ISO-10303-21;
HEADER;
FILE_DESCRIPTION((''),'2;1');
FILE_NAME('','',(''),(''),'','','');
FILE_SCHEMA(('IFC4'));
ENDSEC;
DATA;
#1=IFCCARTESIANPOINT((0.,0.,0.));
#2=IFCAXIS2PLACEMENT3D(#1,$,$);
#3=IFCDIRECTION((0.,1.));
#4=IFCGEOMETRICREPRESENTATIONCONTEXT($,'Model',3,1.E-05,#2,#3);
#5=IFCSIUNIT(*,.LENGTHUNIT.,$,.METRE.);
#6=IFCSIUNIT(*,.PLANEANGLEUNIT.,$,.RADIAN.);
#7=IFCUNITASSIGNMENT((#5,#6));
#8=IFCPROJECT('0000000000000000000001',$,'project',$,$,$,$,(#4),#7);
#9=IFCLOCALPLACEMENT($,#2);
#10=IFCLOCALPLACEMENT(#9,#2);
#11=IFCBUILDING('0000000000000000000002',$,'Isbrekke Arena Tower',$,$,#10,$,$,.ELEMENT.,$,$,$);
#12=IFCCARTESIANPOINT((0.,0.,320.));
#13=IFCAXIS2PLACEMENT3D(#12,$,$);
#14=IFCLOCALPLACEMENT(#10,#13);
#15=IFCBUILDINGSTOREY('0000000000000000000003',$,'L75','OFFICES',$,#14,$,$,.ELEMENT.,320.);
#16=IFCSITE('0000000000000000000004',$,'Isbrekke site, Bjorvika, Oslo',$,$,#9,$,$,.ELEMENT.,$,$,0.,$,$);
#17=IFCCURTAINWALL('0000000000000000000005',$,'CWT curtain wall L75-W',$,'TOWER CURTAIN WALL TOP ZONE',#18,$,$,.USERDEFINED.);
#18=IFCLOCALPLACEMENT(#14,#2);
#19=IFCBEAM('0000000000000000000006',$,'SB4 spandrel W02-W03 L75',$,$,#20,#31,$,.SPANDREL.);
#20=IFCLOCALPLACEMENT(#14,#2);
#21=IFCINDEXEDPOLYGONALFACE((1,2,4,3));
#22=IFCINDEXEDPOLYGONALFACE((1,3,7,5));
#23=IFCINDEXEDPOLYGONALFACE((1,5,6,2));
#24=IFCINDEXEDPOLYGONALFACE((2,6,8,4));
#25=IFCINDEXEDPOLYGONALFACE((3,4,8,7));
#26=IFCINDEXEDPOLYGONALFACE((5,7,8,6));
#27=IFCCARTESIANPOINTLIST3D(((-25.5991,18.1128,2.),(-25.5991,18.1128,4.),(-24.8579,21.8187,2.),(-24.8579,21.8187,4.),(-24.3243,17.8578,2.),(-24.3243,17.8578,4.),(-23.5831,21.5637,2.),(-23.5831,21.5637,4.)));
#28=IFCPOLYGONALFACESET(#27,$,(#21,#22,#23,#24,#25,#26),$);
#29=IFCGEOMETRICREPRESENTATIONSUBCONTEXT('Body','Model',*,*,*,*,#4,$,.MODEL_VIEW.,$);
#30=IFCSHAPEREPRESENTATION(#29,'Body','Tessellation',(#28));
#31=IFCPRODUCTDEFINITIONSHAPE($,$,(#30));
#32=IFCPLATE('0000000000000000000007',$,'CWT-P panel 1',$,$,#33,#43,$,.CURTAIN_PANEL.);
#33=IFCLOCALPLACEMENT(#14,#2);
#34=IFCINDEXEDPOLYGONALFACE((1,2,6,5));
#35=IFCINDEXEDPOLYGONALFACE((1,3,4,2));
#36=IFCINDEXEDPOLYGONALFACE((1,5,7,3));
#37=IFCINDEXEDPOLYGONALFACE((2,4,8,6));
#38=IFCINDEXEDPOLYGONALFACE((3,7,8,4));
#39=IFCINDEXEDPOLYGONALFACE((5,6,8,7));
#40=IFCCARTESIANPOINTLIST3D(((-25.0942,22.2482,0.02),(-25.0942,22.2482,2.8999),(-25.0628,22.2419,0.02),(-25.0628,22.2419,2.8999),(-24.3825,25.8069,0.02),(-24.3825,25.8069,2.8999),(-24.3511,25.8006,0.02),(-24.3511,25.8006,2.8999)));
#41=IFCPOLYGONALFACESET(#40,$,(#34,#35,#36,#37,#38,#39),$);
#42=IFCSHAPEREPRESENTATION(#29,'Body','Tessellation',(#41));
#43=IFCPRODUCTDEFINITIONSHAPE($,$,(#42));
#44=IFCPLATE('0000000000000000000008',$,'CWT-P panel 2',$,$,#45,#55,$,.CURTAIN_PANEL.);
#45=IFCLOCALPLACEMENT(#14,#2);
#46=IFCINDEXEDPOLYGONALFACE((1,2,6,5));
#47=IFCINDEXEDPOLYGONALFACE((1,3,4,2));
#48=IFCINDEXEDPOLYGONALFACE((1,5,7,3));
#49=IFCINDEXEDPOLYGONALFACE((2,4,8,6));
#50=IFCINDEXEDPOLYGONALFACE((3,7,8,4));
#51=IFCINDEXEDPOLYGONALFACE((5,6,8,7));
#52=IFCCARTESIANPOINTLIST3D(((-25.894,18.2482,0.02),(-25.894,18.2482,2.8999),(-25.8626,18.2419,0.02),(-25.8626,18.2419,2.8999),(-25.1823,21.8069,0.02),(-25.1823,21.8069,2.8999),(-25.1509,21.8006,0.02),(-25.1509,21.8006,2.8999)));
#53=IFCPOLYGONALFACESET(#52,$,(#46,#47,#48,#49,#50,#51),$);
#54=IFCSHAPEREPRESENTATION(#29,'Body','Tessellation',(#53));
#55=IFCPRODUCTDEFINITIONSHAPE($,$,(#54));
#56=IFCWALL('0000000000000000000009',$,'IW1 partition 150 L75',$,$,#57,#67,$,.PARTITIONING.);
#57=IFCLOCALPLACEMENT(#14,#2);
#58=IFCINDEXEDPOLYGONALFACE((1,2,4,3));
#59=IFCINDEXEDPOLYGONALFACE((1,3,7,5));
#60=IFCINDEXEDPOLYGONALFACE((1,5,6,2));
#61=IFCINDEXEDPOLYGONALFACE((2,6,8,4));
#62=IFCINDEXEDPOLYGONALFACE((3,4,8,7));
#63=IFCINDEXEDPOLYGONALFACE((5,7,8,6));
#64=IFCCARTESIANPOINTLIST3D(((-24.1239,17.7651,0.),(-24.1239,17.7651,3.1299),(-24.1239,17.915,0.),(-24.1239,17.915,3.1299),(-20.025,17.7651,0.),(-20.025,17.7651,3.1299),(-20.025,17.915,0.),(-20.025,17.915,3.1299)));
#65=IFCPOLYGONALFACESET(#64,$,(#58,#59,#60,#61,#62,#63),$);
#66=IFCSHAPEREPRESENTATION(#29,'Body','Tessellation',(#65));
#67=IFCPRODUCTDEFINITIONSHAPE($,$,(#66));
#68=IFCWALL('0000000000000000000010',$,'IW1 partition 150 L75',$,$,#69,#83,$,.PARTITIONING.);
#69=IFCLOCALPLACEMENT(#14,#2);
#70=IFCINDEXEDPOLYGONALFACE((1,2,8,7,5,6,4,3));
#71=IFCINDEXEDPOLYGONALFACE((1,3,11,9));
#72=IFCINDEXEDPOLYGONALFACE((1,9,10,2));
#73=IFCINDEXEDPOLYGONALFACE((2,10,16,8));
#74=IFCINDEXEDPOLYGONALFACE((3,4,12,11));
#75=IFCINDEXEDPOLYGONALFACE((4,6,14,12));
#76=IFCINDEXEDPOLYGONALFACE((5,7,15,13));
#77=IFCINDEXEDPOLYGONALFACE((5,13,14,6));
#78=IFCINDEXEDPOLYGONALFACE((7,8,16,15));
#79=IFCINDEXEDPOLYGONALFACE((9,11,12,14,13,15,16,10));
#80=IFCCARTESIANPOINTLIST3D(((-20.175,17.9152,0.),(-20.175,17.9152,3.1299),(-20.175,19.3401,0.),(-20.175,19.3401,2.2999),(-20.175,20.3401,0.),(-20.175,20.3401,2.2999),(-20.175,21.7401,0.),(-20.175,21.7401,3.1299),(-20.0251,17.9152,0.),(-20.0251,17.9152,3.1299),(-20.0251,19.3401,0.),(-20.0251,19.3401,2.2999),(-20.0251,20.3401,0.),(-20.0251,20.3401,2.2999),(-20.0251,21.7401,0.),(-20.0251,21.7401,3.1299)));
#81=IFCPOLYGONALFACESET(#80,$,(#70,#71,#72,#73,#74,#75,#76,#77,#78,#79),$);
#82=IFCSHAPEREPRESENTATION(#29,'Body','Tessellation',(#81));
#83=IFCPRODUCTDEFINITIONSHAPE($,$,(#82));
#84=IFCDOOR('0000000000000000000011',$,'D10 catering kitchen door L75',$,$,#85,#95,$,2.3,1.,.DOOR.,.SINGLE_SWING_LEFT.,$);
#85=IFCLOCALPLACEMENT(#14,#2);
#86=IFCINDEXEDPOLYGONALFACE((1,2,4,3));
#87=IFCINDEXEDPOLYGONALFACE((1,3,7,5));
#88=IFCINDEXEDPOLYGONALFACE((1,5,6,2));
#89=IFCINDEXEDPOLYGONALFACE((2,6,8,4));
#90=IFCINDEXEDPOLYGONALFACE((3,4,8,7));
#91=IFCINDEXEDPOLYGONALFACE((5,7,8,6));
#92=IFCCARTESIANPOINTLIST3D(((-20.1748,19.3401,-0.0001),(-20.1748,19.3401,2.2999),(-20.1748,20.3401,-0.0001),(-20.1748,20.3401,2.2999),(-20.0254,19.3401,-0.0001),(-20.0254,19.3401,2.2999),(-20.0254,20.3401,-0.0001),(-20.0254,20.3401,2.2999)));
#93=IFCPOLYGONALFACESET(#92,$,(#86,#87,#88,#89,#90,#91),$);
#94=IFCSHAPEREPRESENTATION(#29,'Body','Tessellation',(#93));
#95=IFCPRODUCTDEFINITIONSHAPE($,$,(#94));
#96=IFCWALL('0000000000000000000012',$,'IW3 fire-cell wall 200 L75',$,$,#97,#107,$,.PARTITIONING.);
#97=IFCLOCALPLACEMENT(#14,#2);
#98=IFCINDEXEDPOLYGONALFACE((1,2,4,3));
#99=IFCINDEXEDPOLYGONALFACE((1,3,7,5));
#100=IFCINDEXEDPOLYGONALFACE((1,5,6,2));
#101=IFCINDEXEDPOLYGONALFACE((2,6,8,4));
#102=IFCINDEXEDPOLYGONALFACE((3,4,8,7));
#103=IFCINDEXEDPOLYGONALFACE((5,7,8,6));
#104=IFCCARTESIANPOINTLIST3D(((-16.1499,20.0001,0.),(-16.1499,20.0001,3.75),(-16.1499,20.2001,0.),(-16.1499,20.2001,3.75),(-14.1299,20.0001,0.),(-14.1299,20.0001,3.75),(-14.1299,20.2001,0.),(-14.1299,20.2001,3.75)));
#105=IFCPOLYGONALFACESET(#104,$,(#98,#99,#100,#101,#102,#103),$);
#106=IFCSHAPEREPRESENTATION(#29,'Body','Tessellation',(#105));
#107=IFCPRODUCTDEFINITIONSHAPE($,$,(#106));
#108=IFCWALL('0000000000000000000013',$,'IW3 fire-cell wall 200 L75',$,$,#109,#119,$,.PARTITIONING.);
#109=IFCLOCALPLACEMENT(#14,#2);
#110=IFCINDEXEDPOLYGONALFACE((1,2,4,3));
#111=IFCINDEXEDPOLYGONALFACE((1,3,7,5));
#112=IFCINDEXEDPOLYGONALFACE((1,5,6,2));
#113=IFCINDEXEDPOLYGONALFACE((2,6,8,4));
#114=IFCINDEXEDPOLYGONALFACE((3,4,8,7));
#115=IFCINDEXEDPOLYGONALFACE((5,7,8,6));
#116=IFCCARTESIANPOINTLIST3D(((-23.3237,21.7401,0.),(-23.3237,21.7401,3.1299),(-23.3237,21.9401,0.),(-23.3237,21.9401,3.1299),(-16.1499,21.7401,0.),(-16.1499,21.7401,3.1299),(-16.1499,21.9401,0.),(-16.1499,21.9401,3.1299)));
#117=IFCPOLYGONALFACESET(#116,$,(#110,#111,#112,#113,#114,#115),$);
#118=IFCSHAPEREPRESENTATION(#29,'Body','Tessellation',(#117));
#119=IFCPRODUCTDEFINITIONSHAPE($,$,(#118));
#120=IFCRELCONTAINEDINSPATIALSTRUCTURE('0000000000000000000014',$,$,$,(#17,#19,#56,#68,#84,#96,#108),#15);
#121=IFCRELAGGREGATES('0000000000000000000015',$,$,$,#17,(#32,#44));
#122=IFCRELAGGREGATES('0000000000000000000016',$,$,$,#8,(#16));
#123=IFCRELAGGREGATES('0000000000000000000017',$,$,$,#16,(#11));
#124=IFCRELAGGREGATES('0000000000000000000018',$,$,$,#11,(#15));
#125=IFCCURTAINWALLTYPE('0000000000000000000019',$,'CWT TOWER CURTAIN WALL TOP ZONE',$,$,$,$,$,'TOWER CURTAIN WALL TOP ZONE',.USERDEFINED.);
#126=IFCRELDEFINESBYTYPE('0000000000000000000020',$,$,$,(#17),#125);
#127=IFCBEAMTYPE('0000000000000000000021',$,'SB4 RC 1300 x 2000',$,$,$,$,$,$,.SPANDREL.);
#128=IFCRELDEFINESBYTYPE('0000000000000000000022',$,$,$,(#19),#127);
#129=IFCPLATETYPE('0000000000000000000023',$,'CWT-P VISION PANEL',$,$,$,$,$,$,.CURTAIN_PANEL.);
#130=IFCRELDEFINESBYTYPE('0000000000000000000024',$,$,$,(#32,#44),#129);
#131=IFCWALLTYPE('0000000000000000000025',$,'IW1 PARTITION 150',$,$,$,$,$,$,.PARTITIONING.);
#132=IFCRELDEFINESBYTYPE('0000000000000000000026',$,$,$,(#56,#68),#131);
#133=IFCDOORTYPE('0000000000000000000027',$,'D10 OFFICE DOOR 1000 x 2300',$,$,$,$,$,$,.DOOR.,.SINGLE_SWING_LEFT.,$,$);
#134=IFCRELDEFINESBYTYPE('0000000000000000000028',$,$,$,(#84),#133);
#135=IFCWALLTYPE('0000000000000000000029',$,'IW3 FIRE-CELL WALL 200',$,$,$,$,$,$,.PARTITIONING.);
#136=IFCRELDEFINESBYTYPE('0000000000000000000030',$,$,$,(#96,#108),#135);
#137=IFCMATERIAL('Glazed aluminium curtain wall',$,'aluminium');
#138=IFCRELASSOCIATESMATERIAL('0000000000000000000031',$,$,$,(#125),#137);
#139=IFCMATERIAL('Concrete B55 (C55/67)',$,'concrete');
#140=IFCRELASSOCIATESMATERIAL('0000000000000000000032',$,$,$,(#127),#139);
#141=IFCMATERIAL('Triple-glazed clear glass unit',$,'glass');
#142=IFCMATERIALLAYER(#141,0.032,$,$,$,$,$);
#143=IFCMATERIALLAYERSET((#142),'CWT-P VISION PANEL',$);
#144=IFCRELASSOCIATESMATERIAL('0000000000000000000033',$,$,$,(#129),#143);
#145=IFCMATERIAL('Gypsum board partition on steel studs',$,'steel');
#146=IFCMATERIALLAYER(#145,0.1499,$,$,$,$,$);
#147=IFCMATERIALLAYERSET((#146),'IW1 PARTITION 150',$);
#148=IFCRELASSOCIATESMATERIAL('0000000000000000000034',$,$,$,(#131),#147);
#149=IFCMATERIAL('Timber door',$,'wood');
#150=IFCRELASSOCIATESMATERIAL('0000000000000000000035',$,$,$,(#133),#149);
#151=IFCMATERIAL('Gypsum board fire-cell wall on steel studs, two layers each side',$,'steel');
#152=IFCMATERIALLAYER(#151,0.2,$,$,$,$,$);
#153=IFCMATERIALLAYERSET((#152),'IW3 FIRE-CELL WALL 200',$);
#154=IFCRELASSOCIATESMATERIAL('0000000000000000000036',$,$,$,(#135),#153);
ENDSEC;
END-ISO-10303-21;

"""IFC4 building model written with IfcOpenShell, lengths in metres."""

from ifc_helpers import new_model, si_unit, direction, frame, frame_2d, origin, origin_2d, place, context, subcontext, project, spatial, rectangle, extrude, material, layer, layer_set, material_profile, profile_set, type_object, element, fill, aggregate, save


model = new_model("IFC4")

# Units and contexts
model_context = context("Model", 3, precision=1e-05, world=origin(), true_north=direction((0.0, 1.0)))
body_context = subcontext(model_context, "Body", "Model", "MODEL_VIEW")
ifc_project = project(units=[si_unit("LENGTHUNIT", "METRE"), si_unit("PLANEANGLEUNIT", "RADIAN")], contexts=[model_context])

# Site, building, storey
site_placement = place(None, origin())
site = spatial("IfcSite", under=ifc_project, at=site_placement, Name="Isbrekke site, Bjorvika, Oslo", CompositionType="ELEMENT", RefElevation=0.0)
building_placement = place(site_placement, origin())
building = spatial("IfcBuilding", under=site, at=building_placement, Name="Isbrekke Arena Tower", CompositionType="ELEMENT")
storey_placement = place(building_placement, frame((0.0, 0.0, 320.0)))
storey = spatial("IfcBuildingStorey", under=building, at=storey_placement, Name="L75", Description="OFFICES", CompositionType="ELEMENT", Elevation=320.0)

# Curtain wall
ifc_material_1 = material(Name="Glazed aluminium curtain wall", Category="aluminium")
curtain_wall_type = type_object("IfcCurtainWallType", Name="CWT TOWER CURTAIN WALL TOP ZONE", ElementType="TOWER CURTAIN WALL TOP ZONE", PredefinedType="USERDEFINED", material=ifc_material_1)
curtain_wall_placement = place(storey_placement, origin())
curtain_wall = element("IfcCurtainWall", 1, at=curtain_wall_placement, inside=storey, type_object=curtain_wall_type, Name="CWT curtain wall L75-W", ObjectType="TOWER CURTAIN WALL TOP ZONE", PredefinedType="USERDEFINED")

# Beam
ifc_material_2 = material(Name="Concrete B55 (C55/67)", Category="concrete")
ifc_material_profile_1 = material_profile(ifc_material_2, rectangle(XDim=1.3, YDim=2.0, at=origin_2d()), Name="RC 1300x2000")
ifc_profile_set_1 = profile_set([ifc_material_profile_1], Name="Concrete B55 (C55/67)")
beam_type_1 = type_object("IfcBeamType", Name="SB4 RC 1300 x 2000", PredefinedType="SPANDREL", material=ifc_profile_set_1)
beam_1_placement = place(storey_placement, frame((-24.2205, 21.6912, 3.0), z_axis=(-0.196129, -0.980578, 0.0), x_axis=(0.980578, -0.196129, 0.0)))
element("IfcBeam", 2, at=beam_1_placement, inside=storey, type_object=beam_type_1, Name="SB4 spandrel W02-W03 L75", PredefinedType="SPANDREL", context=body_context, shape_type="SweptSolid", body=[
    extrude(rectangle(XDim=1.3, YDim=2.0, at=origin_2d()), origin(), (0.0, 0.0, 1.0), 3.7793),
])

# Plates
ifc_material_3 = material(Name="Triple-glazed clear glass unit", Category="glass")
ifc_layer_1 = layer(ifc_material_3, 0.032)
ifc_layer_set_1 = layer_set([ifc_layer_1], Name="CWT-P VISION PANEL")
plate_type = type_object("IfcPlateType", Name="CWT-P VISION PANEL", PredefinedType="CURTAIN_PANEL", material=ifc_layer_set_1)
plate_1_placement = place(storey_placement, frame((-24.7227, 24.0244, 0.02), z_axis=(0.0, 0.0, 1.0), x_axis=(-0.196116, -0.980581, 0.0)))
plate_1 = element("IfcPlate", 3, at=plate_1_placement, type_object=plate_type, Name="CWT-P panel 1", PredefinedType="CURTAIN_PANEL", context=body_context, shape_type="SweptSolid", body=[
    extrude(rectangle(XDim=3.6292, YDim=0.032, at=origin_2d()), origin(), (0.0, 0.0, 1.0), 2.8799),
])
plate_2_placement = place(storey_placement, frame((-25.5225, 20.0244, 0.02), z_axis=(0.0, 0.0, 1.0), x_axis=(-0.196116, -0.980581, 0.0)))
plate_2 = element("IfcPlate", 4, at=plate_2_placement, type_object=plate_type, Name="CWT-P panel 2", PredefinedType="CURTAIN_PANEL", context=body_context, shape_type="SweptSolid", body=[
    extrude(rectangle(XDim=3.6292, YDim=0.032, at=origin_2d()), origin(), (0.0, 0.0, 1.0), 2.8799),
])
aggregate(curtain_wall, [plate_1, plate_2])

# Wall
ifc_material_4 = material(Name="Gypsum board partition on steel studs", Category="steel")
ifc_layer_2 = layer(ifc_material_4, 0.1499)
ifc_layer_set_2 = layer_set([ifc_layer_2], Name="IW1 PARTITION 150")
wall_type_1 = type_object("IfcWallType", Name="IW1 PARTITION 150", PredefinedType="PARTITIONING", material=ifc_layer_set_2)
wall_1_placement = place(storey_placement, frame((-24.1238, 17.8401, 0.0), z_axis=(0.0, 0.0, 1.0), x_axis=(1.0, 0.0, 0.0)))
element("IfcWall", 5, at=wall_1_placement, inside=storey, type_object=wall_type_1, Name="IW1 partition 150 L75", PredefinedType="PARTITIONING", context=body_context, shape_type="SweptSolid", body=[
    extrude(rectangle(XDim=4.0989, YDim=0.1499, at=frame_2d((2.0493, 0.0))), origin(), (0.0, 0.0, 1.0), 3.1299),
])

# Wall, opening, door
wall_2_placement = place(storey_placement, frame((-20.1001, 17.915, 0.0), z_axis=(0.0, 0.0, 1.0), x_axis=(0.0, 1.0, 0.0)))
wall_2 = element("IfcWall", 6, at=wall_2_placement, inside=storey, type_object=wall_type_1, Name="IW1 partition 150 L75", PredefinedType="PARTITIONING", context=body_context, shape_type="SweptSolid", body=[
    extrude(rectangle(XDim=3.825, YDim=0.1499, at=frame_2d((1.9126, 0.0))), origin(), (0.0, 0.0, 1.0), 3.1299),
])
opening_1_placement = place(wall_2_placement, frame((1.425, 0.0, 0.0)))
opening_1 = element("IfcOpeningElement", 7, at=opening_1_placement, cuts=wall_2, PredefinedType="OPENING", context=body_context, shape_type="SweptSolid", body=[
    extrude(rectangle(XDim=1.0, YDim=2.3, at=frame_2d((0.5, 1.1499))), frame((0.0, 0.0898, 0.0), z_axis=(0.0, -1.0, 0.0), x_axis=(1.0, 0.0, 0.0)), (0.0, 0.0, 1.0), 0.1797),
])
ifc_material_5 = material(Name="Timber door", Category="wood")
door_type_1 = type_object("IfcDoorType", Name="D10 OFFICE DOOR 1000 x 2300", OperationType="SINGLE_SWING_LEFT", PredefinedType="DOOR", material=ifc_material_5)
door_1_placement = place(opening_1_placement, origin())
door_1 = element("IfcDoor", 8, at=door_1_placement, inside=storey, type_object=door_type_1, Name="D10 catering kitchen door L75", OperationType="SINGLE_SWING_LEFT", OverallHeight=2.3, OverallWidth=1.0, PredefinedType="DOOR", context=body_context, shape_type="SweptSolid", body=[
    extrude(rectangle(XDim=1.0, YDim=2.3, at=frame_2d((0.5, 1.1499))), frame((0.0, 0.0747, 0.0), z_axis=(0.0, -1.0, 0.0), x_axis=(1.0, 0.0, 0.0)), (0.0, 0.0, 1.0), 0.1494),
])
fill(opening_1, door_1)

# Walls
ifc_material_6 = material(Name="Gypsum board fire-cell wall on steel studs, two layers each side", Category="steel")
ifc_layer_3 = layer(ifc_material_6, 0.2)
ifc_layer_set_3 = layer_set([ifc_layer_3], Name="IW3 FIRE-CELL WALL 200")
wall_type_2 = type_object("IfcWallType", Name="IW3 FIRE-CELL WALL 200", PredefinedType="PARTITIONING", material=ifc_layer_set_3)
wall_3_placement = place(storey_placement, frame((-16.1499, 20.1001, 0.0), z_axis=(0.0, 0.0, 1.0), x_axis=(1.0, 0.0, 0.0)))
element("IfcWall", 9, at=wall_3_placement, inside=storey, type_object=wall_type_2, Name="IW3 fire-cell wall 200 L75", PredefinedType="PARTITIONING", context=body_context, shape_type="SweptSolid", body=[
    extrude(rectangle(XDim=2.02, YDim=0.2, at=frame_2d((1.01, 0.0))), origin(), (0.0, 0.0, 1.0), 3.75),
])
wall_4_placement = place(storey_placement, frame((-23.3237, 21.8401, 0.0), z_axis=(0.0, 0.0, 1.0), x_axis=(1.0, 0.0, 0.0)))
element("IfcWall", 10, at=wall_4_placement, inside=storey, type_object=wall_type_2, Name="IW3 fire-cell wall 200 L75", PredefinedType="PARTITIONING", context=body_context, shape_type="SweptSolid", body=[
    extrude(rectangle(XDim=7.1738, YDim=0.2, at=frame_2d((3.5869, 0.0))), origin(), (0.0, 0.0, 1.0), 3.1299),
])

save(model, "model.ifc")
